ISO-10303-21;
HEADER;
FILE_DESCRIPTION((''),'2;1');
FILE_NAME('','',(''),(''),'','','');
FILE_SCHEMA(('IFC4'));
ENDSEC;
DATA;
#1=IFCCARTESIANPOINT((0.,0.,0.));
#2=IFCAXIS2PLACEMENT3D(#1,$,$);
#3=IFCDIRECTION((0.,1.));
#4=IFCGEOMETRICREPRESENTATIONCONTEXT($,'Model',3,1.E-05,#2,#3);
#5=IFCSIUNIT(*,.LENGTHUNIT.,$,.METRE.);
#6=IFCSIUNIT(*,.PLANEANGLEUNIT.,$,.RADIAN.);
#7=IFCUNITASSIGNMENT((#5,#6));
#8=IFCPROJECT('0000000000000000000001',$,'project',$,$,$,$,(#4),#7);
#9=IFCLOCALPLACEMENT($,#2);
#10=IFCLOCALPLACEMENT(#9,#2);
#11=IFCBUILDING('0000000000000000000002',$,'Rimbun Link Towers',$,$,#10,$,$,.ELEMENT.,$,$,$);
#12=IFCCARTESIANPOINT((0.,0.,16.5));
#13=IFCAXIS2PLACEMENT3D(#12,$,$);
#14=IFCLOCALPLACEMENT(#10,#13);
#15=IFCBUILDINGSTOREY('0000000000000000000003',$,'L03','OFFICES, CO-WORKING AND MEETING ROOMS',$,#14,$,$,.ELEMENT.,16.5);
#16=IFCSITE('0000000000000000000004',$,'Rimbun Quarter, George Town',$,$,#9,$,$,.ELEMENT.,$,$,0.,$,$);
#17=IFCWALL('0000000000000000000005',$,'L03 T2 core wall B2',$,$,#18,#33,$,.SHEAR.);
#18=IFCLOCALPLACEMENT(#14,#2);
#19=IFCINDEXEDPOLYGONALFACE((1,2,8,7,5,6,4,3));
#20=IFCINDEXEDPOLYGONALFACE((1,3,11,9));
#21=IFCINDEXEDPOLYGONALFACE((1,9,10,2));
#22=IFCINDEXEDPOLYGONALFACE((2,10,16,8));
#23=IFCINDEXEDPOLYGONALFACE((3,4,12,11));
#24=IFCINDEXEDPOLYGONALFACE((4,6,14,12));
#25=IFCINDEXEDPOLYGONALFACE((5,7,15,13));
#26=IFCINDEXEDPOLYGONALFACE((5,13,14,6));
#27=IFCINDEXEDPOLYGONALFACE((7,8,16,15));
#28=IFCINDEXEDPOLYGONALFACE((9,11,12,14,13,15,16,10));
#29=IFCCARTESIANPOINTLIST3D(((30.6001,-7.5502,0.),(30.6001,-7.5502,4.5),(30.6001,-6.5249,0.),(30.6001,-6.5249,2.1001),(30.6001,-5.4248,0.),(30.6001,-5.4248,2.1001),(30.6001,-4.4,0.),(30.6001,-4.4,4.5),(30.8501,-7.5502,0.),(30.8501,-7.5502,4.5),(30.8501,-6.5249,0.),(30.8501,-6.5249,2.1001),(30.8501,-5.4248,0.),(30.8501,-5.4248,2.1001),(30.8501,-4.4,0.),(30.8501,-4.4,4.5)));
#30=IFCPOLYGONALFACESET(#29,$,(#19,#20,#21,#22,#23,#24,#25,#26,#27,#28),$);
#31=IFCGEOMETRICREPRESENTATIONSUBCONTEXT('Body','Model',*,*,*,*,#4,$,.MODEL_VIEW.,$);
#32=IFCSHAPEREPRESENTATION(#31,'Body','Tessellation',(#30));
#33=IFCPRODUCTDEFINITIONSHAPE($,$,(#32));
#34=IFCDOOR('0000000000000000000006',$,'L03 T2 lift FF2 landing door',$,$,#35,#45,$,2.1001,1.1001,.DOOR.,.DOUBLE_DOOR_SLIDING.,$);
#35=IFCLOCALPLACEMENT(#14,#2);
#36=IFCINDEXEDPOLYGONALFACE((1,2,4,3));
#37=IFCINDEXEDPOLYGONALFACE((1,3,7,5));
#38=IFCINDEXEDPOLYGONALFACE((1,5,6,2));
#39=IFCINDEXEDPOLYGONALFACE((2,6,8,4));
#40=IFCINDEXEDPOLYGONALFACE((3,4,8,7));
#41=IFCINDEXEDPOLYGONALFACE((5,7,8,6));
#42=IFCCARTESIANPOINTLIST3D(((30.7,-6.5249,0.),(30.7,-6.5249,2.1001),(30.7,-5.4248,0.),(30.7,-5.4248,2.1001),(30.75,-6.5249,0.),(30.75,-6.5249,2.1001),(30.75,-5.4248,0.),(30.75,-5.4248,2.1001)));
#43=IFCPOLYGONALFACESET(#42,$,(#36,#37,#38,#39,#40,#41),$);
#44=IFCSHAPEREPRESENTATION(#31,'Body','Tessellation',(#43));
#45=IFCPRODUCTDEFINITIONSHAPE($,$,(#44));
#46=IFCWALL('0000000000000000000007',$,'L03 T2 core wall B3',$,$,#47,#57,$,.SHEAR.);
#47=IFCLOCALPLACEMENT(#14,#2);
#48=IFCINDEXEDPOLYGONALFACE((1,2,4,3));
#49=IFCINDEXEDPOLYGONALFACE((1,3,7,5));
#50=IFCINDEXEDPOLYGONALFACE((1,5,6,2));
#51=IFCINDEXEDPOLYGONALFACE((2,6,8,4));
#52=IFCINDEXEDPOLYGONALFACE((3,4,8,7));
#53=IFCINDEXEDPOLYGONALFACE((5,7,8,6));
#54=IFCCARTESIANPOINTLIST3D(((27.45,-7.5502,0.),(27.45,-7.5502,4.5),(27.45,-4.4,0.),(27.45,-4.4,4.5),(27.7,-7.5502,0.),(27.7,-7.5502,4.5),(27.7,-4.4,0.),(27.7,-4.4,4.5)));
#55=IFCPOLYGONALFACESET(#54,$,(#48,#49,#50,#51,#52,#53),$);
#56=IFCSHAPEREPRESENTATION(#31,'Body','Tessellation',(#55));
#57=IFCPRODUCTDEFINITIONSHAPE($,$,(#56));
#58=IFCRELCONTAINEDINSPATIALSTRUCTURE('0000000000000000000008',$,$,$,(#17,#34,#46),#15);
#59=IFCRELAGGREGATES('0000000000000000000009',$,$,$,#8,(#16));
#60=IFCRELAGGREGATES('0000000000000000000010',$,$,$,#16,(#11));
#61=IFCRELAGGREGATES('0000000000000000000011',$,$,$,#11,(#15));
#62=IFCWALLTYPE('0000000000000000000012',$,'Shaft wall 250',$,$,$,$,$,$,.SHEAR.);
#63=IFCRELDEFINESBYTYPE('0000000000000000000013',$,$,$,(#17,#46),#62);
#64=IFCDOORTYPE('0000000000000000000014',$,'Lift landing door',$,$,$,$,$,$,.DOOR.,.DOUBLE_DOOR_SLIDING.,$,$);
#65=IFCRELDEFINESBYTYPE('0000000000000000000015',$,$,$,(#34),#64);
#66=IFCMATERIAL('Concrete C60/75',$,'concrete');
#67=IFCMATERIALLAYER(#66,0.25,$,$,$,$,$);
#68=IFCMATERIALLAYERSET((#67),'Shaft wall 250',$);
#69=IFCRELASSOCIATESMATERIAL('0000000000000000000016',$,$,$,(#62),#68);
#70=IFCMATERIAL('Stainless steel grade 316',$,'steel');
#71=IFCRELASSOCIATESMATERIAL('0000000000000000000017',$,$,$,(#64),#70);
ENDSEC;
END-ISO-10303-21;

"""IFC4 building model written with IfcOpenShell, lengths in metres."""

from ifc_helpers import new_model, si_unit, direction, frame, frame_2d, origin, place, context, subcontext, project, spatial, rectangle, extrude, material, layer, layer_set, type_object, element, fill, save


model = new_model("IFC4")

# Units and contexts
model_context = context("Model", 3, precision=1e-05, world=origin(), true_north=direction((0.0, 1.0)))
body_context = subcontext(model_context, "Body", "Model", "MODEL_VIEW")
ifc_project = project(units=[si_unit("LENGTHUNIT", "METRE"), si_unit("PLANEANGLEUNIT", "RADIAN")], contexts=[model_context])

# Site, building, storey
site_placement = place(None, origin())
site = spatial("IfcSite", under=ifc_project, at=site_placement, Name="Rimbun Quarter, George Town", CompositionType="ELEMENT", RefElevation=0.0)
building_placement = place(site_placement, origin())
building = spatial("IfcBuilding", under=site, at=building_placement, Name="Rimbun Link Towers", CompositionType="ELEMENT")
storey_placement = place(building_placement, frame((0.0, 0.0, 16.5)))
storey = spatial("IfcBuildingStorey", under=building, at=storey_placement, Name="L03", Description="OFFICES, CO-WORKING AND MEETING ROOMS", CompositionType="ELEMENT", Elevation=16.5)

# Shared definitions
ifc_material_1 = material(Name="Concrete C60/75", Category="concrete")
ifc_layer_1 = layer(ifc_material_1, 0.25)
ifc_layer_set_1 = layer_set([ifc_layer_1], Name="Shaft wall 250")
wall_type_1 = type_object("IfcWallType", Name="Shaft wall 250", PredefinedType="SHEAR", material=ifc_layer_set_1)

# Wall, opening, door
wall_1_placement = place(storey_placement, frame((30.7251, -4.3999, 0.0), z_axis=(0.0, 0.0, 1.0), x_axis=(0.0, -1.0, 0.0)))
wall_1 = element("IfcWall", 1, at=wall_1_placement, inside=storey, type_object=wall_type_1, Name="L03 T2 core wall B2", PredefinedType="SHEAR", context=body_context, shape_type="SweptSolid", body=[
    extrude(rectangle(XDim=3.1501, YDim=0.25, at=frame_2d((1.5752, 0.0))), origin(), (0.0, 0.0, 1.0), 4.5),
])
opening_1_placement = place(wall_1_placement, frame((1.0249, 0.0, 0.0)))
opening_1 = element("IfcOpeningElement", 2, at=opening_1_placement, cuts=wall_1, PredefinedType="OPENING", context=body_context, shape_type="SweptSolid", body=[
    extrude(rectangle(XDim=1.1001, YDim=2.1001, at=frame_2d((0.55, 1.05))), frame((0.0, 0.135, 0.0), z_axis=(0.0, -1.0, 0.0), x_axis=(1.0, 0.0, 0.0)), (0.0, 0.0, 1.0), 0.27),
])
ifc_material_2 = material(Name="Stainless steel grade 316", Category="steel")
door_type_1 = type_object("IfcDoorType", Name="Lift landing door", OperationType="DOUBLE_DOOR_SLIDING", PredefinedType="DOOR", material=ifc_material_2)
door_1_placement = place(opening_1_placement, origin())
door_1 = element("IfcDoor", 3, at=door_1_placement, inside=storey, type_object=door_type_1, Name="L03 T2 lift FF2 landing door", OperationType="DOUBLE_DOOR_SLIDING", OverallHeight=2.1001, OverallWidth=1.1001, PredefinedType="DOOR", context=body_context, shape_type="SweptSolid", body=[
    extrude(rectangle(XDim=1.1001, YDim=2.1001, at=frame_2d((0.55, 1.05))), frame((0.0, 0.0249, 0.0), z_axis=(0.0, -1.0, 0.0), x_axis=(1.0, 0.0, 0.0)), (0.0, 0.0, 1.0), 0.05),
])
fill(opening_1, door_1)

# Wall
wall_2_placement = place(storey_placement, frame((27.575, -4.3999, 0.0), z_axis=(0.0, 0.0, 1.0), x_axis=(0.0, -1.0, 0.0)))
element("IfcWall", 4, at=wall_2_placement, inside=storey, type_object=wall_type_1, Name="L03 T2 core wall B3", PredefinedType="SHEAR", context=body_context, shape_type="SweptSolid", body=[
    extrude(rectangle(XDim=3.1501, YDim=0.25, at=frame_2d((1.5752, 0.0))), origin(), (0.0, 0.0, 1.0), 4.5),
])

save(model, "model.ifc")
